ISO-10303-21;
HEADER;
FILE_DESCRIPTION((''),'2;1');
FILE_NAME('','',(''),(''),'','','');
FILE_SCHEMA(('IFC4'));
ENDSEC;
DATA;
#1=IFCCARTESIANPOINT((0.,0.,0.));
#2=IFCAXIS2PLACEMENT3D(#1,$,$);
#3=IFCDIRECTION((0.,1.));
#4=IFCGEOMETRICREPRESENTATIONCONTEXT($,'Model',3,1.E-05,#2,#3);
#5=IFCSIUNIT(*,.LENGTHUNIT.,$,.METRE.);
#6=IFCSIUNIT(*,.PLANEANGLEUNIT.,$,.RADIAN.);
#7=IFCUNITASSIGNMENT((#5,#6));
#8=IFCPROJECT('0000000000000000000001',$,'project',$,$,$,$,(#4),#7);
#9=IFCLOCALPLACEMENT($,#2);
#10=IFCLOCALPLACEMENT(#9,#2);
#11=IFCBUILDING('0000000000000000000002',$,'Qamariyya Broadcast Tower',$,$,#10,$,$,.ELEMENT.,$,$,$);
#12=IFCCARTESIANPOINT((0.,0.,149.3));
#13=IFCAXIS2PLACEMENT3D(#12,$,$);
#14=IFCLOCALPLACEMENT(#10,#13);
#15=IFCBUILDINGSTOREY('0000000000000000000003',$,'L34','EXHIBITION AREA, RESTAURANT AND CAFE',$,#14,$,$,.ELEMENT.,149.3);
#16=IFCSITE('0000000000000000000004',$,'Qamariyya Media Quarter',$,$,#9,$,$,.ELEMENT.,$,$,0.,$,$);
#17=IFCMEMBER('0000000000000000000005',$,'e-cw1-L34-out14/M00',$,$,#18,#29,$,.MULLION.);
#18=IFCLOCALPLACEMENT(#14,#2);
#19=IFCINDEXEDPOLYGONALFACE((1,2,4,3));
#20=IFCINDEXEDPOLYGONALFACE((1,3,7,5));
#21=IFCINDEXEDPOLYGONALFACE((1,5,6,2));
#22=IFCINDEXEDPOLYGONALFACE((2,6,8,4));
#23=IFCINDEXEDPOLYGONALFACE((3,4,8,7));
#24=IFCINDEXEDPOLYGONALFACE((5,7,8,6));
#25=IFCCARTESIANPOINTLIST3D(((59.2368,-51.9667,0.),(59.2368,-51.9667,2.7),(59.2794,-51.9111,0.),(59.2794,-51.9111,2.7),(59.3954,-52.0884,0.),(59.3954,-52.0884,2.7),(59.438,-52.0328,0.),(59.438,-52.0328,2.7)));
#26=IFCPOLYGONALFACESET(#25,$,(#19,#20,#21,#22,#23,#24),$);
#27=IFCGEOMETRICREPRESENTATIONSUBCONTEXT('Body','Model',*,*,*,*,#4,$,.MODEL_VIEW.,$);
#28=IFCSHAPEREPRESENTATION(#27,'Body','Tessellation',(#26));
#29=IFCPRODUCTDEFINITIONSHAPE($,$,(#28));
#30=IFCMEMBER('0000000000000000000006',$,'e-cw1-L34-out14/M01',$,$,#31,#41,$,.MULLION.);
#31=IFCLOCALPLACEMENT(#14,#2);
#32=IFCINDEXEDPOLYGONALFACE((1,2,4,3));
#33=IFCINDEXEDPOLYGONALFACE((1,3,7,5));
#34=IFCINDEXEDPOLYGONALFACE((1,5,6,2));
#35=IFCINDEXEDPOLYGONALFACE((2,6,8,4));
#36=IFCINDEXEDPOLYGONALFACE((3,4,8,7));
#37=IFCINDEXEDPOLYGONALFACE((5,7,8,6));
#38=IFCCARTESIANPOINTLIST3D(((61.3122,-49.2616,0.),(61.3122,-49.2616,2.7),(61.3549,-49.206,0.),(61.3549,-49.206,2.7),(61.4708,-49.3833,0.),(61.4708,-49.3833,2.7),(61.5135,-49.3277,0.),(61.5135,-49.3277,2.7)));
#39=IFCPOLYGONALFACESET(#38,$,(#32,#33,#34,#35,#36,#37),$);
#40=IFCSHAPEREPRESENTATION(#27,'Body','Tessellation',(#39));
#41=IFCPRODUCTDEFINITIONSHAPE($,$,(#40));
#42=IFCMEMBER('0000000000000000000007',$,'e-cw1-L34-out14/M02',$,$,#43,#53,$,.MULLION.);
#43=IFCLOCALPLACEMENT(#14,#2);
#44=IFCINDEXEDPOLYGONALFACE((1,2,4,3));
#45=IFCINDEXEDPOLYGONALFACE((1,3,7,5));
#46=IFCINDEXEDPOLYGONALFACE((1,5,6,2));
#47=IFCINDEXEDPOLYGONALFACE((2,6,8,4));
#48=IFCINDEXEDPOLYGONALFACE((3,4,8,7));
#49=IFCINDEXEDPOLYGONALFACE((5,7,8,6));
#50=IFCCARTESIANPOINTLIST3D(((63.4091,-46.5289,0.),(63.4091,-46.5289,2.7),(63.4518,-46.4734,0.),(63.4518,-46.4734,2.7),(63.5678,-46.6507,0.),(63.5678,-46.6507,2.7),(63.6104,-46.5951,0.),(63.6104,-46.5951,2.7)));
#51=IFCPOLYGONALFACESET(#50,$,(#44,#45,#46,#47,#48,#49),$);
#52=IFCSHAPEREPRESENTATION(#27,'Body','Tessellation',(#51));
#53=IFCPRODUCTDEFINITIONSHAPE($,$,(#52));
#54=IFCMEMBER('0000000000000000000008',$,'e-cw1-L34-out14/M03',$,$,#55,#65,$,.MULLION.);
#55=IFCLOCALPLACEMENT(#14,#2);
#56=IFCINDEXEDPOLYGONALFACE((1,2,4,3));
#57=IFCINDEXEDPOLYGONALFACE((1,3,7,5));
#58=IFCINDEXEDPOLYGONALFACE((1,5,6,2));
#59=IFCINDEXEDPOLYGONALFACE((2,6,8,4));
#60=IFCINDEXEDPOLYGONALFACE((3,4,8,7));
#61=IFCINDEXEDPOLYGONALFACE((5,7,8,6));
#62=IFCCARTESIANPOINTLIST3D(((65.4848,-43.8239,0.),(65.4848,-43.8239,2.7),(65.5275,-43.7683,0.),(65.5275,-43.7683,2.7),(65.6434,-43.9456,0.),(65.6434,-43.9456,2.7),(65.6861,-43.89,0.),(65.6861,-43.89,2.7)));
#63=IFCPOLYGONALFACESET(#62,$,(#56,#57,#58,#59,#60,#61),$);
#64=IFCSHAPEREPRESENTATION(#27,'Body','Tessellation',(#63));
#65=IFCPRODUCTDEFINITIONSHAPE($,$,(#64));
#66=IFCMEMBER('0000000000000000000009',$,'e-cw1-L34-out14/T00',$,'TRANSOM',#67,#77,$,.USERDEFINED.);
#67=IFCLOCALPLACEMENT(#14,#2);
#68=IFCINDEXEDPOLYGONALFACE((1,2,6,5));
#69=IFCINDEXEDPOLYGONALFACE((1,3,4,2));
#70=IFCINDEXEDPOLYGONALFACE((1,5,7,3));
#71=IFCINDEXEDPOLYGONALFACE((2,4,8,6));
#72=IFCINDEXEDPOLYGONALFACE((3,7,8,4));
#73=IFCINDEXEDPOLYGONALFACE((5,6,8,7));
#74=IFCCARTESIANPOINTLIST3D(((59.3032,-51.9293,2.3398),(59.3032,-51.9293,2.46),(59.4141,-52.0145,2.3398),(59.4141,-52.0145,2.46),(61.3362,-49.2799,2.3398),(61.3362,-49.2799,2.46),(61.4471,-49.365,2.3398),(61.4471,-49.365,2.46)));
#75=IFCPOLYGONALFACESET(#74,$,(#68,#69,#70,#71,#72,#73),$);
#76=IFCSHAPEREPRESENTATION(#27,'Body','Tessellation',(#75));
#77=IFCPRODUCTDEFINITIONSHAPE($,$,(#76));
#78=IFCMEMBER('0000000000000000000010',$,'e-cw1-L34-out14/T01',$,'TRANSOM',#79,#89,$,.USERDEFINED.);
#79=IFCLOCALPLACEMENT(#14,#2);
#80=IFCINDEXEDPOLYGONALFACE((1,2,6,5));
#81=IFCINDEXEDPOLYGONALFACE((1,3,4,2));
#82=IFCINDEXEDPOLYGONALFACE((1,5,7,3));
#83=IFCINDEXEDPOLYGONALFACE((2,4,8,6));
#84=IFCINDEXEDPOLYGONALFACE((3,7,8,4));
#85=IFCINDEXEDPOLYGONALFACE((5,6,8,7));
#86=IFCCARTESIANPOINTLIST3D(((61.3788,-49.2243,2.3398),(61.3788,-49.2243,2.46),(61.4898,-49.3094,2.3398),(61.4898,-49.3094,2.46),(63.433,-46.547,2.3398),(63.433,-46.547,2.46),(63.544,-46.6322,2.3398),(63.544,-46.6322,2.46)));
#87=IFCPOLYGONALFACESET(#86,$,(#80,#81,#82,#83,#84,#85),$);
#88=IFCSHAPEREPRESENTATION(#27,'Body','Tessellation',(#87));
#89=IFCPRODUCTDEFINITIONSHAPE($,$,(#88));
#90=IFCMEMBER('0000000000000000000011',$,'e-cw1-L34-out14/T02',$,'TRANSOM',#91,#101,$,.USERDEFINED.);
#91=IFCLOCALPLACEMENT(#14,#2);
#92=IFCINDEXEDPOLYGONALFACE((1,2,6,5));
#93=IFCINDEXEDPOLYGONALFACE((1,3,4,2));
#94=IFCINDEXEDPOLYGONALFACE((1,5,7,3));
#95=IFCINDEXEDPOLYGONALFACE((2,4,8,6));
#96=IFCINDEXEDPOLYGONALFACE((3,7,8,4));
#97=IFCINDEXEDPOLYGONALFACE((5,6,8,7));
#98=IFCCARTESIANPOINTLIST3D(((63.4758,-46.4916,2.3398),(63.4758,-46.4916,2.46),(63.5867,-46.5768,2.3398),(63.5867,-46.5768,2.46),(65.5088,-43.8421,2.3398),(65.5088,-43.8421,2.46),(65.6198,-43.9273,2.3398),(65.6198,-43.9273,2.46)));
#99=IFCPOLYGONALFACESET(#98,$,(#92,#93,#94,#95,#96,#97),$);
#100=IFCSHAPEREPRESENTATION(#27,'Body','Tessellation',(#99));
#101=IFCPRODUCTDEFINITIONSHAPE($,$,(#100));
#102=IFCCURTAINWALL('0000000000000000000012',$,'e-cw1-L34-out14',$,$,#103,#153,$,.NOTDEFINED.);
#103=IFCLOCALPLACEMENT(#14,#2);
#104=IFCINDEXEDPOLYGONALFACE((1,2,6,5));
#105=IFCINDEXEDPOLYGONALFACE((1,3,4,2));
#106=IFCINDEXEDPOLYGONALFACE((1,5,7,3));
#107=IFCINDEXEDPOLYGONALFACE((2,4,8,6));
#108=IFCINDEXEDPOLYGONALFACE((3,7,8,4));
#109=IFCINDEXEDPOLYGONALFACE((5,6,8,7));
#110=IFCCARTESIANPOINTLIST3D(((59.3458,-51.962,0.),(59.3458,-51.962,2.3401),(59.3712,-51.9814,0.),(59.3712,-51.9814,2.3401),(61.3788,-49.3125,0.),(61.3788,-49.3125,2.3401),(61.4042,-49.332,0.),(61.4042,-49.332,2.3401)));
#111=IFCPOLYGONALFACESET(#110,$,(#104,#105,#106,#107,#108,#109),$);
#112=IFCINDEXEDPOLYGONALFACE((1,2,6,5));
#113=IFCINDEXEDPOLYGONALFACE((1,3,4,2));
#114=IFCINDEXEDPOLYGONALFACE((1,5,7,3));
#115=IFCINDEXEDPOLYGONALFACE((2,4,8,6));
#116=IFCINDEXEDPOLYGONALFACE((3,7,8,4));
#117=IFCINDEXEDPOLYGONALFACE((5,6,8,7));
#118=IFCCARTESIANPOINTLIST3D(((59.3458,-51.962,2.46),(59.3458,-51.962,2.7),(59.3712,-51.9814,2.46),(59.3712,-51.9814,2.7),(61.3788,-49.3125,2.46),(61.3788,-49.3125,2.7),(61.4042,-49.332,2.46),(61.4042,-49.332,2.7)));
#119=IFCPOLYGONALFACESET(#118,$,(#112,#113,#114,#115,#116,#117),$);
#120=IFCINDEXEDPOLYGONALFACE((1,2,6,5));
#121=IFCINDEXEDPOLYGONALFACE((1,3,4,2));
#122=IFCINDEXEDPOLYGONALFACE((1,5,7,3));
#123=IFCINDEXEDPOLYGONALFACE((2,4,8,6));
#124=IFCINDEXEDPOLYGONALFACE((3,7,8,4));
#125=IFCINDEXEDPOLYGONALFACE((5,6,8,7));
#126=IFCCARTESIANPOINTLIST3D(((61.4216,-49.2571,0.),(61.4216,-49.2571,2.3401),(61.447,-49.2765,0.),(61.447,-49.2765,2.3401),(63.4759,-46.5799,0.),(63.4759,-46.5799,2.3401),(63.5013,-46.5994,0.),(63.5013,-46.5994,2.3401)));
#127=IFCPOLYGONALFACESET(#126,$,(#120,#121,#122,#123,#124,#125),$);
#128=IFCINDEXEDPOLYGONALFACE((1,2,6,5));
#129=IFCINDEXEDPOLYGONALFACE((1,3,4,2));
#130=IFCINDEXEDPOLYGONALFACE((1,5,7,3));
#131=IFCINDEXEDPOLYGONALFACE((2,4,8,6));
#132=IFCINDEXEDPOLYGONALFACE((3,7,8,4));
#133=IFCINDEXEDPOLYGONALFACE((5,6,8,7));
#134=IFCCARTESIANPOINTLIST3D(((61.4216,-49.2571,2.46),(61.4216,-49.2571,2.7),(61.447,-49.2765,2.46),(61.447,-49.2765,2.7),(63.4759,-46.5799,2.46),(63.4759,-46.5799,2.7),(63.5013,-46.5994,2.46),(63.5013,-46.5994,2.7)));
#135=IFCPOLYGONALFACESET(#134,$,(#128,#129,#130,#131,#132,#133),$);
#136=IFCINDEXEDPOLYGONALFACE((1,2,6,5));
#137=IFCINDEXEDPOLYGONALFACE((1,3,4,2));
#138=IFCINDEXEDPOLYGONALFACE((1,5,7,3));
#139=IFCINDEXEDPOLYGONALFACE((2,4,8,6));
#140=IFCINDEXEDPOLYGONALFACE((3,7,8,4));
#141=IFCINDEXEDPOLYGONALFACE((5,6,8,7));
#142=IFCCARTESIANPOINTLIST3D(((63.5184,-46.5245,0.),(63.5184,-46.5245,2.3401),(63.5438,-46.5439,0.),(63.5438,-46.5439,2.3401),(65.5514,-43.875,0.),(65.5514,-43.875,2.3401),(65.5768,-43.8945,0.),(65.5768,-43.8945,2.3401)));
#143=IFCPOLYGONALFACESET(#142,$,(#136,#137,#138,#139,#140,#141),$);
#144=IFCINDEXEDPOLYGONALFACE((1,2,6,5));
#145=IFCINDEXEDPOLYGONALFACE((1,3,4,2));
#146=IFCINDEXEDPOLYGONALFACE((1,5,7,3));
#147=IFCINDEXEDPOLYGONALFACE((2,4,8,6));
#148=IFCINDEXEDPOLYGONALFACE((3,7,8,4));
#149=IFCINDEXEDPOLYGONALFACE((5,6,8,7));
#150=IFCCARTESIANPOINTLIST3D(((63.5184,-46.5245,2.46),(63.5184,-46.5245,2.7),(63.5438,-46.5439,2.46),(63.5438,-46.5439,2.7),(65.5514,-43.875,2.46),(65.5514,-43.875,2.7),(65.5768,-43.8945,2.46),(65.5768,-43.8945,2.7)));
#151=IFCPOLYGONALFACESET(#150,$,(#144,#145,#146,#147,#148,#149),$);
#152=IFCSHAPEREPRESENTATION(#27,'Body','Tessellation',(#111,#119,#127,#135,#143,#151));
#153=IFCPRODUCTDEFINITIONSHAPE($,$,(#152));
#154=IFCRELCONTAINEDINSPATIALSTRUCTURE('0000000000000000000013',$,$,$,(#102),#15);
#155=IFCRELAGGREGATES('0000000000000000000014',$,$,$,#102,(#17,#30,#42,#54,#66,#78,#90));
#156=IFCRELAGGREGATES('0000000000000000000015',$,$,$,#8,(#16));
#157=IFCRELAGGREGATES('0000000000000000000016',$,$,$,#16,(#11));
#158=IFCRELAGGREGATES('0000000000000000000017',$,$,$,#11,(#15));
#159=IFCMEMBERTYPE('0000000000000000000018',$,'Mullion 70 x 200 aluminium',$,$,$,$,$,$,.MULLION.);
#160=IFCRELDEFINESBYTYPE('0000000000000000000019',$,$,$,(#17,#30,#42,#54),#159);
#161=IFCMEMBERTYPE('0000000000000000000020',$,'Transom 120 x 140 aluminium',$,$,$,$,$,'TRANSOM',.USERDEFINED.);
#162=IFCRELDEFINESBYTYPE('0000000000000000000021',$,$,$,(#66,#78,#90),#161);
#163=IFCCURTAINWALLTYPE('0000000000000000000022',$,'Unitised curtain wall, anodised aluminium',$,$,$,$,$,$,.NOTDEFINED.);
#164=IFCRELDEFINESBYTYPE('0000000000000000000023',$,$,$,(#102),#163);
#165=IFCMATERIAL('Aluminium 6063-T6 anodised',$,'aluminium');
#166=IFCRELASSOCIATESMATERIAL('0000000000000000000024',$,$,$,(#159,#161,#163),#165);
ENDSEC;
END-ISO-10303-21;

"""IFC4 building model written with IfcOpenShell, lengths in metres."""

from ifc_helpers import new_model, si_unit, direction, frame, origin, origin_2d, place, context, subcontext, project, spatial, rectangle, extrude, material, material_profile, profile_set, type_object, element, aggregate, save


model = new_model("IFC4")

# Units and contexts
model_context = context("Model", 3, precision=1e-05, world=origin(), true_north=direction((0.0, 1.0)))
body_context = subcontext(model_context, "Body", "Model", "MODEL_VIEW")
ifc_project = project(units=[si_unit("LENGTHUNIT", "METRE"), si_unit("PLANEANGLEUNIT", "RADIAN")], contexts=[model_context])

# Site, building, storey
site_placement = place(None, origin())
site = spatial("IfcSite", under=ifc_project, at=site_placement, Name="Qamariyya Media Quarter", CompositionType="ELEMENT", RefElevation=0.0)
building_placement = place(site_placement, origin())
building = spatial("IfcBuilding", under=site, at=building_placement, Name="Qamariyya Broadcast Tower", CompositionType="ELEMENT")
storey_placement = place(building_placement, frame((0.0, 0.0, 149.3)))
storey = spatial("IfcBuildingStorey", under=building, at=storey_placement, Name="L34", Description="EXHIBITION AREA, RESTAURANT AND CAFE", CompositionType="ELEMENT", Elevation=149.3)

# Members
ifc_material_1 = material(Name="Aluminium 6063-T6 anodised", Category="aluminium")
ifc_material_profile_1 = material_profile(ifc_material_1, rectangle(XDim=0.2, YDim=0.0701, at=origin_2d()))
ifc_profile_set_1 = profile_set([ifc_material_profile_1], Name="Aluminium 6063-T6 anodised")
member_type_1 = type_object("IfcMemberType", Name="Mullion 70 x 200 aluminium", PredefinedType="MULLION", material=ifc_profile_set_1)
member_1_placement = place(storey_placement, frame((59.3374, -51.9998, 0.0), z_axis=(0.0, 0.0, 1.0), x_axis=(-0.793353, 0.608761, 0.0)))
member_1 = element("IfcMember", 1, at=member_1_placement, type_object=member_type_1, Name="e-cw1-L34-out14/M00", PredefinedType="MULLION", context=body_context, shape_type="SweptSolid", body=[
    extrude(rectangle(XDim=0.2, YDim=0.0701, at=origin_2d()), origin(), (0.0, 0.0, 1.0), 2.7),
])
member_2_placement = place(storey_placement, frame((61.4128, -49.2947, 0.0), z_axis=(0.0, 0.0, 1.0), x_axis=(-0.793353, 0.608761, 0.0)))
member_2 = element("IfcMember", 2, at=member_2_placement, type_object=member_type_1, Name="e-cw1-L34-out14/M01", PredefinedType="MULLION", context=body_context, shape_type="SweptSolid", body=[
    extrude(rectangle(XDim=0.2, YDim=0.0701, at=origin_2d()), origin(), (0.0, 0.0, 1.0), 2.7),
])
member_3_placement = place(storey_placement, frame((63.5098, -46.562, 0.0), z_axis=(0.0, 0.0, 1.0), x_axis=(-0.793353, 0.608761, 0.0)))
member_3 = element("IfcMember", 3, at=member_3_placement, type_object=member_type_1, Name="e-cw1-L34-out14/M02", PredefinedType="MULLION", context=body_context, shape_type="SweptSolid", body=[
    extrude(rectangle(XDim=0.2, YDim=0.0701, at=origin_2d()), origin(), (0.0, 0.0, 1.0), 2.7),
])
member_4_placement = place(storey_placement, frame((65.5854, -43.8569, 0.0), z_axis=(0.0, 0.0, 1.0), x_axis=(-0.793353, 0.608761, 0.0)))
member_4 = element("IfcMember", 4, at=member_4_placement, type_object=member_type_1, Name="e-cw1-L34-out14/M03", PredefinedType="MULLION", context=body_context, shape_type="SweptSolid", body=[
    extrude(rectangle(XDim=0.2, YDim=0.0701, at=origin_2d()), origin(), (0.0, 0.0, 1.0), 2.7),
])
ifc_material_profile_2 = material_profile(ifc_material_1, rectangle(XDim=0.1399, YDim=0.1201, at=origin_2d()))
ifc_profile_set_2 = profile_set([ifc_material_profile_2], Name="Aluminium 6063-T6 anodised")
member_type_2 = type_object("IfcMemberType", Name="Transom 120 x 140 aluminium", ElementType="TRANSOM", PredefinedType="USERDEFINED", material=ifc_profile_set_2)
member_5_placement = place(storey_placement, frame((59.3586, -51.9719, 2.3999), z_axis=(0.60876, 0.793354, 0.0), x_axis=(-0.793354, 0.60876, 0.0)))
member_5 = element("IfcMember", 5, at=member_5_placement, type_object=member_type_2, Name="e-cw1-L34-out14/T00", ObjectType="TRANSOM", PredefinedType="USERDEFINED", context=body_context, shape_type="SweptSolid", body=[
    extrude(rectangle(XDim=0.1399, YDim=0.1201, at=origin_2d()), origin(), (0.0, 0.0, 1.0), 3.3396),
])
member_6_placement = place(storey_placement, frame((61.4343, -49.2668, 2.3999), z_axis=(0.608738, 0.793371, 0.0), x_axis=(-0.793371, 0.608738, 0.0)))
member_6 = element("IfcMember", 6, at=member_6_placement, type_object=member_type_2, Name="e-cw1-L34-out14/T01", ObjectType="TRANSOM", PredefinedType="USERDEFINED", context=body_context, shape_type="SweptSolid", body=[
    extrude(rectangle(XDim=0.1399, YDim=0.1201, at=origin_2d()), origin(), (0.0, 0.0, 1.0), 3.3745),
])
member_7_placement = place(storey_placement, frame((63.5312, -46.5342, 2.3999), z_axis=(0.60876, 0.793354, 0.0), x_axis=(-0.793354, 0.60876, 0.0)))
member_7 = element("IfcMember", 7, at=member_7_placement, type_object=member_type_2, Name="e-cw1-L34-out14/T02", ObjectType="TRANSOM", PredefinedType="USERDEFINED", context=body_context, shape_type="SweptSolid", body=[
    extrude(rectangle(XDim=0.1399, YDim=0.1201, at=origin_2d()), origin(), (0.0, 0.0, 1.0), 3.3396),
])

# Curtain wall
curtain_wall_type = type_object("IfcCurtainWallType", Name="Unitised curtain wall, anodised aluminium", PredefinedType="NOTDEFINED", material=ifc_material_1)
curtain_wall_1_placement = place(storey_placement, origin())
curtain_wall_1 = element("IfcCurtainWall", 8, at=curtain_wall_1_placement, inside=storey, type_object=curtain_wall_type, Name="e-cw1-L34-out14", PredefinedType="NOTDEFINED", context=body_context, shape_type="SweptSolid", body=[
    extrude(rectangle(XDim=3.3396, YDim=0.032, at=origin_2d()), frame((60.375, -50.647, 0.0), x_axis=(0.608764, 0.793352, 0.0)), (0.0, 0.0, 1.0), 2.3401),
    extrude(rectangle(XDim=3.3396, YDim=0.032, at=origin_2d()), frame((60.375, -50.647, 2.46), x_axis=(0.608764, 0.793352, 0.0)), (0.0, 0.0, 1.0), 0.24),
    extrude(rectangle(XDim=3.3745, YDim=0.032, at=origin_2d()), frame((62.4614, -47.9282, 0.0), x_axis=(0.608764, 0.793352, 0.0)), (0.0, 0.0, 1.0), 2.3401),
    extrude(rectangle(XDim=3.3745, YDim=0.032, at=origin_2d()), frame((62.4614, -47.9282, 2.46), x_axis=(0.608764, 0.793352, 0.0)), (0.0, 0.0, 1.0), 0.24),
    extrude(rectangle(XDim=3.3396, YDim=0.032, at=origin_2d()), frame((64.5476, -45.2095, 0.0), x_axis=(0.608764, 0.793352, 0.0)), (0.0, 0.0, 1.0), 2.3401),
    extrude(rectangle(XDim=3.3396, YDim=0.032, at=origin_2d()), frame((64.5476, -45.2095, 2.46), x_axis=(0.608764, 0.793352, 0.0)), (0.0, 0.0, 1.0), 0.24),
])
aggregate(curtain_wall_1, [member_1, member_2, member_3, member_4, member_5, member_6, member_7])

save(model, "model.ifc")
